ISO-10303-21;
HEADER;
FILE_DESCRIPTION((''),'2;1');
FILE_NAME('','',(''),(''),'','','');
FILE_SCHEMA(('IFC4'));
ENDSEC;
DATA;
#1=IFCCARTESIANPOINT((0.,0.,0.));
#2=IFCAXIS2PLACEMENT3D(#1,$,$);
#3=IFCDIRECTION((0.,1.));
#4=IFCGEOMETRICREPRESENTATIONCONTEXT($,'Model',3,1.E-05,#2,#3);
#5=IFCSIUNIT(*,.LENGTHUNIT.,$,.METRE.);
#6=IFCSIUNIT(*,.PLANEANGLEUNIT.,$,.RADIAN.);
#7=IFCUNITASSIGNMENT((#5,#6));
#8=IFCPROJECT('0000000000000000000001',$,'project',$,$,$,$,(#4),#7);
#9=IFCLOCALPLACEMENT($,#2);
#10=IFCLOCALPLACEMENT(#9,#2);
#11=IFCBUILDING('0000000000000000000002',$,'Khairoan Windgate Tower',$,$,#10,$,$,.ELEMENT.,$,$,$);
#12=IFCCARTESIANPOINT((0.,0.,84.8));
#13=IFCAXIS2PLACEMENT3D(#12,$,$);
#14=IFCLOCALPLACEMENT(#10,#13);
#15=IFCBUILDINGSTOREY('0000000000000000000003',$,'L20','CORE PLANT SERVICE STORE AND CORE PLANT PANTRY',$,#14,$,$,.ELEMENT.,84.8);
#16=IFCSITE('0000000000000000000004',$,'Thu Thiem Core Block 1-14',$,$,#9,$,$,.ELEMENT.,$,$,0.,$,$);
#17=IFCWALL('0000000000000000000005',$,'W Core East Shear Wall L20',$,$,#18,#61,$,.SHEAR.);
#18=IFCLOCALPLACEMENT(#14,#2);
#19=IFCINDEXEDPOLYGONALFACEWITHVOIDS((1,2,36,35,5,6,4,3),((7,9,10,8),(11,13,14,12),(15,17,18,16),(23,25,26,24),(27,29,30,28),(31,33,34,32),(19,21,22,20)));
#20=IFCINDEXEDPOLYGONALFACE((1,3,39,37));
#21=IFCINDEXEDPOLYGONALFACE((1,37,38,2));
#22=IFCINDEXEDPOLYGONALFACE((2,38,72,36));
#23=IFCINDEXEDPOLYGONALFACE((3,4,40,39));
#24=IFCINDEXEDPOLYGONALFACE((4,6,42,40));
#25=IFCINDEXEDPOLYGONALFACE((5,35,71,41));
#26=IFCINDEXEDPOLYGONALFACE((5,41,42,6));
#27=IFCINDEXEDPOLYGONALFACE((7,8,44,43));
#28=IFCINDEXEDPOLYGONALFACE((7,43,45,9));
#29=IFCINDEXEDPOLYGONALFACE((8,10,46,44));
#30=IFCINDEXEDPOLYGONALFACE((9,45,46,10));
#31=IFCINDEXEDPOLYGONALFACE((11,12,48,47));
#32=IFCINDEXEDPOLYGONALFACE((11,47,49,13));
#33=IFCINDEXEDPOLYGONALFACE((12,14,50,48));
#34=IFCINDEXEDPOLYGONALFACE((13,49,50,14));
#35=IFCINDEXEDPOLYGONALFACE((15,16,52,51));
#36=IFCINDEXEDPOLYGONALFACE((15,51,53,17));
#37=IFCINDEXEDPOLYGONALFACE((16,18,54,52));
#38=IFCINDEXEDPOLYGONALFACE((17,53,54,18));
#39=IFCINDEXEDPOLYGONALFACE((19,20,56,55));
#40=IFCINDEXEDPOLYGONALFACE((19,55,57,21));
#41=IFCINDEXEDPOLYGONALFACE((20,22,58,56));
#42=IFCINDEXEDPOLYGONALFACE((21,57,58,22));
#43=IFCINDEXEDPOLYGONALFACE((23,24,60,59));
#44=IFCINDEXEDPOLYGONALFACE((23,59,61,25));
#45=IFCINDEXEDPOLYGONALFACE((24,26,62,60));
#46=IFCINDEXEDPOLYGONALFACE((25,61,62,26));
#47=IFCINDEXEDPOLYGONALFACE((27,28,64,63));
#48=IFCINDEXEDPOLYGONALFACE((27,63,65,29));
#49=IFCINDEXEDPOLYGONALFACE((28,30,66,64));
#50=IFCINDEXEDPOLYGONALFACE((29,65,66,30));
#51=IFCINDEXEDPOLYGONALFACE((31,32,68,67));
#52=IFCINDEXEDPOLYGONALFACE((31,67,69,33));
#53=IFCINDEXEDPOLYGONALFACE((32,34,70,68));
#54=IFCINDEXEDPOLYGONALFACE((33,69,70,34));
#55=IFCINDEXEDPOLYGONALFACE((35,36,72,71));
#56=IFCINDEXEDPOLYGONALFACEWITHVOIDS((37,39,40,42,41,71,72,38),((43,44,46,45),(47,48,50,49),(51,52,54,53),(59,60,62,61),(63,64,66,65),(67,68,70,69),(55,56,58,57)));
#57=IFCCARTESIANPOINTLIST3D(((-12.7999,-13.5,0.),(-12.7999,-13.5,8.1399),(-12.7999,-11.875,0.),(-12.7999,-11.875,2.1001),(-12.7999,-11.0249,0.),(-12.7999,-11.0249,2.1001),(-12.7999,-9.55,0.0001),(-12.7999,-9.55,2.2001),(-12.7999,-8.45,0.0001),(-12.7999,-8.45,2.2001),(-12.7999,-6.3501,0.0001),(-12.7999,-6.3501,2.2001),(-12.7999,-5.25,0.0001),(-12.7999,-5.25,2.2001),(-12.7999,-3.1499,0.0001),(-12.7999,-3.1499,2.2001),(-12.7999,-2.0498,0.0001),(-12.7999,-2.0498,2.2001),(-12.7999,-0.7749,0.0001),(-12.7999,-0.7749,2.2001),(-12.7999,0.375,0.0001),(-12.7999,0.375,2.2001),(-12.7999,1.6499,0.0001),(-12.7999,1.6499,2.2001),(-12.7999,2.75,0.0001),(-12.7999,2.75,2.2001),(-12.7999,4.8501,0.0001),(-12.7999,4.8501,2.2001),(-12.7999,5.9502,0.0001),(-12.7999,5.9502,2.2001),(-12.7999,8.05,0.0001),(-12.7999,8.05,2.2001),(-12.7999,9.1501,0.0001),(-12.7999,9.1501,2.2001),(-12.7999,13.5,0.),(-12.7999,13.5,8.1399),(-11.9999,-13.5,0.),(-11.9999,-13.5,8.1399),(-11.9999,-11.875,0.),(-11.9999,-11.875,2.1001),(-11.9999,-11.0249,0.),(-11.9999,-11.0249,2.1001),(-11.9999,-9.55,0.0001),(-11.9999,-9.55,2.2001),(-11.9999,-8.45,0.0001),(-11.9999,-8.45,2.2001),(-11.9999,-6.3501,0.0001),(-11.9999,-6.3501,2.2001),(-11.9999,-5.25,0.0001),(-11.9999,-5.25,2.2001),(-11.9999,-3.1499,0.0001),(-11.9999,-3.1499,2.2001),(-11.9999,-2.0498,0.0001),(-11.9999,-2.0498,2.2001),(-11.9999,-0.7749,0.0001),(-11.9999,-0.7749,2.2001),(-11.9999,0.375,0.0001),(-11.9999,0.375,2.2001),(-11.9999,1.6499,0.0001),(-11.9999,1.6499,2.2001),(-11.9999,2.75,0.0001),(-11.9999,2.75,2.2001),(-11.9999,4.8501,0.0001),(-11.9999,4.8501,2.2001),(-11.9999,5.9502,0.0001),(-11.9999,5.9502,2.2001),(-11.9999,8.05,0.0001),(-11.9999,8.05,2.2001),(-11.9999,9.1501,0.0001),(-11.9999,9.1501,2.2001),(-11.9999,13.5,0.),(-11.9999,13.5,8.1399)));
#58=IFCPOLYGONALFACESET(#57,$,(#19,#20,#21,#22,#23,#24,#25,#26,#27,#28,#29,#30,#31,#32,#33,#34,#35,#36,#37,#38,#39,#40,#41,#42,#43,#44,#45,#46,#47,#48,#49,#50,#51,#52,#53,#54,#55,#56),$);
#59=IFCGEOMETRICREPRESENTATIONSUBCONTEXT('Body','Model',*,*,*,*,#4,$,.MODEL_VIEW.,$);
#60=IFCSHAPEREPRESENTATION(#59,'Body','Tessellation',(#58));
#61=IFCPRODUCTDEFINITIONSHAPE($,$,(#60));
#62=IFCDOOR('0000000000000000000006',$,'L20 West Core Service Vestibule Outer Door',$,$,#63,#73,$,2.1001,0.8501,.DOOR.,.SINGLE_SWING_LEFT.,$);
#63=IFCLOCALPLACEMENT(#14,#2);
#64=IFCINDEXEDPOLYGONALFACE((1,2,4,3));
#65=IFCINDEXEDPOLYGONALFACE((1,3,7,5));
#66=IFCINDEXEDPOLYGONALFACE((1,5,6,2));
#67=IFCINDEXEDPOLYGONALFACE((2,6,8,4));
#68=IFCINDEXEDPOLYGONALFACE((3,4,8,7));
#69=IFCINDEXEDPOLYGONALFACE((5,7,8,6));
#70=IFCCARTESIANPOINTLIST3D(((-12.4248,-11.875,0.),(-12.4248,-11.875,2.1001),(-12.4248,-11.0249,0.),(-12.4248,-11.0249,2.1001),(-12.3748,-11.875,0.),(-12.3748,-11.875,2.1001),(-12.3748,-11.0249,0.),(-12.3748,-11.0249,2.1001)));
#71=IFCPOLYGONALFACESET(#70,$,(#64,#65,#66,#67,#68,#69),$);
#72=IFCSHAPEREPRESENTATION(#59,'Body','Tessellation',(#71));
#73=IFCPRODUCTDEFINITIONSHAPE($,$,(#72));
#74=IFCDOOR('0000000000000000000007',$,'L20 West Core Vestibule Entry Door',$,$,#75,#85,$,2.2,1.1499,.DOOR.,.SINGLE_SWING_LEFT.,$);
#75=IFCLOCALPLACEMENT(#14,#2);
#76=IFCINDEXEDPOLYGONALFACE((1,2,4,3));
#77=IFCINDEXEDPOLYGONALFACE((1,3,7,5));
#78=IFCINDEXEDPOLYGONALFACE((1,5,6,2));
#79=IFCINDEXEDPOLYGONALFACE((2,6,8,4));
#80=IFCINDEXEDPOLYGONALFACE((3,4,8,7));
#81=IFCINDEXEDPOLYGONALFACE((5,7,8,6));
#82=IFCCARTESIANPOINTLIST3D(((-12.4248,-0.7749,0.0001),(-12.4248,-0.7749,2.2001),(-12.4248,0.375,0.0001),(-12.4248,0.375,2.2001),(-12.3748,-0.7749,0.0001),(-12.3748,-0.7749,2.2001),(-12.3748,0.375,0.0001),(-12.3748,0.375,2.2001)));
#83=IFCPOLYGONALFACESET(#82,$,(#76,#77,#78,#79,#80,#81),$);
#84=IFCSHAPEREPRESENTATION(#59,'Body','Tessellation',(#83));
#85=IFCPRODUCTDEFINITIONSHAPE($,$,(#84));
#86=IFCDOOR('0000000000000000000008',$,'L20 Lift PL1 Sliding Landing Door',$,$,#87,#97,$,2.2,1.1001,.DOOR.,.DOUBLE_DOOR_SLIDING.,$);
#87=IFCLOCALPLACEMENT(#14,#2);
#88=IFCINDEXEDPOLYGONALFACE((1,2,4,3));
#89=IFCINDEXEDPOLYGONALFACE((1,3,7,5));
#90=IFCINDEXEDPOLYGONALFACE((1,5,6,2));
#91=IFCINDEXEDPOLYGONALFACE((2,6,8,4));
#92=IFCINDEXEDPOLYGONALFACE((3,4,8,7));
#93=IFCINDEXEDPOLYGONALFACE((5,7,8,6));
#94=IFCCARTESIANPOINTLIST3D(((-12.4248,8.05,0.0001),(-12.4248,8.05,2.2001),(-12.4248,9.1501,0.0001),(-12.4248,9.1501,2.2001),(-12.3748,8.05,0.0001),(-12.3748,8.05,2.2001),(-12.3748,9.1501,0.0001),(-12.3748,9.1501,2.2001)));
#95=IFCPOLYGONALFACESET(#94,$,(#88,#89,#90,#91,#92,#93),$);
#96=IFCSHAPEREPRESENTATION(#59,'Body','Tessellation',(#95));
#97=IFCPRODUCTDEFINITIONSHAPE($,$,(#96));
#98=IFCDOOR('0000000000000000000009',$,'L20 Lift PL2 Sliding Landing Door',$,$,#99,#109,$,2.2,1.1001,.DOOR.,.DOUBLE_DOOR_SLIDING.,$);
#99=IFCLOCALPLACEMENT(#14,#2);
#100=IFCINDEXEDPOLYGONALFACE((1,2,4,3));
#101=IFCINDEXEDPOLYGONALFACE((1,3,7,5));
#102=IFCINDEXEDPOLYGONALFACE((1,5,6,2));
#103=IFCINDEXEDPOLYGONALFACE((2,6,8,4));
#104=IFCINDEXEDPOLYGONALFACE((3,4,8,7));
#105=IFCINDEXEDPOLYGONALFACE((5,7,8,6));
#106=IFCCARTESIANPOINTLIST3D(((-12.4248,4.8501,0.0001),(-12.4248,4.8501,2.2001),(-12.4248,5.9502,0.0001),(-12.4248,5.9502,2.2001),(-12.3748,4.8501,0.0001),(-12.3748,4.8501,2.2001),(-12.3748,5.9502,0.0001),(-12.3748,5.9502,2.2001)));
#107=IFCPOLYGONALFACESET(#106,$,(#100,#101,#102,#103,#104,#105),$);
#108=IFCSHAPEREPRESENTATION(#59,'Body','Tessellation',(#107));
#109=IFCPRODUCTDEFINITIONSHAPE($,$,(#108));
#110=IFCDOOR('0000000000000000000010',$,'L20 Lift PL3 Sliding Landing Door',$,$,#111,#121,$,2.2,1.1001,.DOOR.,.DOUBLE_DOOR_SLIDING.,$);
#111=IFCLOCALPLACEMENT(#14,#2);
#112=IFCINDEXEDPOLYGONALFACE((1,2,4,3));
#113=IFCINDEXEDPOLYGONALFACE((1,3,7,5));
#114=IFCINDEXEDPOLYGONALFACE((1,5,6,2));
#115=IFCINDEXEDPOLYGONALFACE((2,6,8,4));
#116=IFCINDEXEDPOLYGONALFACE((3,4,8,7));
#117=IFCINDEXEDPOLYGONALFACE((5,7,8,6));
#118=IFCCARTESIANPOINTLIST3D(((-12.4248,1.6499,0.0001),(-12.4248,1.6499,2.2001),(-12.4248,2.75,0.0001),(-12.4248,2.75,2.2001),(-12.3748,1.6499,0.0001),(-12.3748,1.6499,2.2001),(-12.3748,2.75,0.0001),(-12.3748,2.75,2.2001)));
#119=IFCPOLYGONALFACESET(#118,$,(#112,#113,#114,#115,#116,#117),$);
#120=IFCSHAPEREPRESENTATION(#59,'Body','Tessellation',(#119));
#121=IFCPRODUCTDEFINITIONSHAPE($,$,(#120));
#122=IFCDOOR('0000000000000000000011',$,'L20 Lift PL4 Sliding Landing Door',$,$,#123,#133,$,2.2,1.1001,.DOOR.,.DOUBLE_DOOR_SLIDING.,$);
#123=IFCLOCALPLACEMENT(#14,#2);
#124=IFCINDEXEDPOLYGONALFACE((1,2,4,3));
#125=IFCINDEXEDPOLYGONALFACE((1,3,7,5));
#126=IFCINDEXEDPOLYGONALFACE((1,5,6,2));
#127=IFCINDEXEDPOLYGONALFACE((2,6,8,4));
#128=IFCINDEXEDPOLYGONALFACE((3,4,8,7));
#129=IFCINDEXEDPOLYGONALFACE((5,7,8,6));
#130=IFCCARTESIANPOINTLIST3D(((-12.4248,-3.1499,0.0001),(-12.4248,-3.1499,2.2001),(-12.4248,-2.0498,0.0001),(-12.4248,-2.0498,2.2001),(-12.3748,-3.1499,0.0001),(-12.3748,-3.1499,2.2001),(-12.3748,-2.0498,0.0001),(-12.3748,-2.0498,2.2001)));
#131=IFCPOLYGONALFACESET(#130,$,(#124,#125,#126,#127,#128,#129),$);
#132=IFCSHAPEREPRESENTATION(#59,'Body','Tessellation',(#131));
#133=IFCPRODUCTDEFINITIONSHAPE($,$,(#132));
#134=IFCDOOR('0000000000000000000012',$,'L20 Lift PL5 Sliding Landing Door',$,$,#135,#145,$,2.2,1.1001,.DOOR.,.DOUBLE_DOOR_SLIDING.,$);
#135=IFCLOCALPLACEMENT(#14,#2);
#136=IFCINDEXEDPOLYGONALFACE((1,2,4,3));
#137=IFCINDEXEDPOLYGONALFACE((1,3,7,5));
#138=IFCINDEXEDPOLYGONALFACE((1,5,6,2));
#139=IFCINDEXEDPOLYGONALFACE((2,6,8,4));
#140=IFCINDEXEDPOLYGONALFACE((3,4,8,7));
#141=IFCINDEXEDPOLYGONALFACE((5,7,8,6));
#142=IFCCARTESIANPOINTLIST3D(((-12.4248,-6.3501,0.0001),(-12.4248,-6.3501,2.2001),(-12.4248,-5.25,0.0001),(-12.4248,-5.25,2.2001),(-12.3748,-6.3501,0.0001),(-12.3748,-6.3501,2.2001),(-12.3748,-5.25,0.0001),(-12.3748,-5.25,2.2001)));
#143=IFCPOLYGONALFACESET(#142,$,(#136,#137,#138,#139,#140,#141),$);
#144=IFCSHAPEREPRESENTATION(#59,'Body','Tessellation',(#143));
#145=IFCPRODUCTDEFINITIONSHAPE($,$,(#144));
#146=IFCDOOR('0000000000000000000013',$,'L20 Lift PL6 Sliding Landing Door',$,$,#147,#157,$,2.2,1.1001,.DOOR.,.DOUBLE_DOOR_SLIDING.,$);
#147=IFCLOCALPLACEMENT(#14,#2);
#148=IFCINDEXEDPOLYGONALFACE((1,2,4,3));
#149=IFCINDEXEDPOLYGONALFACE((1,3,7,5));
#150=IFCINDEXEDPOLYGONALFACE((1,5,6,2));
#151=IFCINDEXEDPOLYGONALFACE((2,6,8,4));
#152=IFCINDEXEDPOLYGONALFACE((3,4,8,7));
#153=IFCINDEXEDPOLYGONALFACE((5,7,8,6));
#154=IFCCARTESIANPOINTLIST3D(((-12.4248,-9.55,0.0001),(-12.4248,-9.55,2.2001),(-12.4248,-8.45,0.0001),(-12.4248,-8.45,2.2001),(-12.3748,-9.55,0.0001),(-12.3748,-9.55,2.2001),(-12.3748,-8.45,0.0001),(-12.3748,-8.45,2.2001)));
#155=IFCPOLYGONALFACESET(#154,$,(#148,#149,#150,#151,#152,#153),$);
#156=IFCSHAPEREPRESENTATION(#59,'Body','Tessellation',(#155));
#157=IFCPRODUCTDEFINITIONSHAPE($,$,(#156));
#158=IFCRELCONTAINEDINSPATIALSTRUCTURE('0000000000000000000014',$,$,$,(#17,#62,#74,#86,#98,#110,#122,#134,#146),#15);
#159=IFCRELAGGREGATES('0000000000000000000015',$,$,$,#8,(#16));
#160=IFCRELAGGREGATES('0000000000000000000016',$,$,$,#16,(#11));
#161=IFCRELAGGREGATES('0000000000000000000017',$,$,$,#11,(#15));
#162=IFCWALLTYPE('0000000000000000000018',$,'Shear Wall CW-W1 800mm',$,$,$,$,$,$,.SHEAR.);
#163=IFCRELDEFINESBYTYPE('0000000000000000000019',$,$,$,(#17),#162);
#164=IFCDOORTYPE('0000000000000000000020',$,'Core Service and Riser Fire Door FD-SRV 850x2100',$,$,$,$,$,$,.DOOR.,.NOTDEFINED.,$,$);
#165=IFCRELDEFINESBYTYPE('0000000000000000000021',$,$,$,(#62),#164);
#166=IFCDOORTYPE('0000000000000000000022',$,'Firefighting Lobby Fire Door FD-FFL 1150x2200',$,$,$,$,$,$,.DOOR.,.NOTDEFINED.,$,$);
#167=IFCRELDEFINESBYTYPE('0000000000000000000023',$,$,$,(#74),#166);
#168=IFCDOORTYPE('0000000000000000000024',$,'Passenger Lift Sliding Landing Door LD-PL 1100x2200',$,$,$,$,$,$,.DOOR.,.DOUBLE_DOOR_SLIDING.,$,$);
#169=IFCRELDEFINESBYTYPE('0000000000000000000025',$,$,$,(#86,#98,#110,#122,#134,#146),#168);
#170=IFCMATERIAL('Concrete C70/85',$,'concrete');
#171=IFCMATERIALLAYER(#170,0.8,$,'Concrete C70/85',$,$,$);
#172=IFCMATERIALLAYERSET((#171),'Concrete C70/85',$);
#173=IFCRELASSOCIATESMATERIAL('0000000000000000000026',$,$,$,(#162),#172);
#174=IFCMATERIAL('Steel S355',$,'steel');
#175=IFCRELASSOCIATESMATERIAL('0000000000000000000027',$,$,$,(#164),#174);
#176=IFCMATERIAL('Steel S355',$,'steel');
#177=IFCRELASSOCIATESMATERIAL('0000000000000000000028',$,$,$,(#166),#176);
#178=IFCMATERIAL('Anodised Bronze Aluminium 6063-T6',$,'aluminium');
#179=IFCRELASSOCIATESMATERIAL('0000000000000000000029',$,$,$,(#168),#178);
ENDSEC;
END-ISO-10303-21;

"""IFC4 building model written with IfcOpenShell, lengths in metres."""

from ifc_helpers import new_model, si_unit, direction, frame, frame_2d, origin, place, context, subcontext, project, spatial, rectangle, extrude, material, layer, layer_set, type_object, element, fill, save


model = new_model("IFC4")

# Units and contexts
model_context = context("Model", 3, precision=1e-05, world=origin(), true_north=direction((0.0, 1.0)))
body_context = subcontext(model_context, "Body", "Model", "MODEL_VIEW")
ifc_project = project(units=[si_unit("LENGTHUNIT", "METRE"), si_unit("PLANEANGLEUNIT", "RADIAN")], contexts=[model_context])

# Site, building, storey
site_placement = place(None, origin())
site = spatial("IfcSite", under=ifc_project, at=site_placement, Name="Thu Thiem Core Block 1-14", CompositionType="ELEMENT", RefElevation=0.0)
building_placement = place(site_placement, origin())
building = spatial("IfcBuilding", under=site, at=building_placement, Name="Khairoan Windgate Tower", CompositionType="ELEMENT")
storey_placement = place(building_placement, frame((0.0, 0.0, 84.8)))
storey = spatial("IfcBuildingStorey", under=building, at=storey_placement, Name="L20", Description="CORE PLANT SERVICE STORE AND CORE PLANT PANTRY", CompositionType="ELEMENT", Elevation=84.8)

# Wall, openings, doors
ifc_material_1 = material(Name="Concrete C70/85", Category="concrete")
ifc_layer_1 = layer(ifc_material_1, 0.8, Name="Concrete C70/85")
ifc_layer_set_1 = layer_set([ifc_layer_1], Name="Concrete C70/85")
wall_type = type_object("IfcWallType", Name="Shear Wall CW-W1 800mm", PredefinedType="SHEAR", material=ifc_layer_set_1)
wall_placement = place(storey_placement, frame((-12.3999, -13.5, 0.0), z_axis=(0.0, 0.0, 1.0), x_axis=(0.0, 1.0, 0.0)))
wall = element("IfcWall", 1, at=wall_placement, inside=storey, type_object=wall_type, Name="W Core East Shear Wall L20", PredefinedType="SHEAR", context=body_context, shape_type="SweptSolid", body=[
    extrude(rectangle(XDim=27.0, YDim=0.8, at=frame_2d((13.5, 0.0))), origin(), (0.0, 0.0, 1.0), 8.1399),
])
opening_1_placement = place(wall_placement, frame((21.55, 0.0, 0.0)))
opening_1 = element("IfcOpeningElement", 2, at=opening_1_placement, cuts=wall, PredefinedType="OPENING", context=body_context, shape_type="SweptSolid", body=[
    extrude(rectangle(XDim=1.1001, YDim=2.2, at=frame_2d((0.55, 1.1001))), frame((0.0, 0.4099, 0.0), z_axis=(0.0, -1.0, 0.0), x_axis=(1.0, 0.0, 0.0)), (0.0, 0.0, 1.0), 0.8201),
])
opening_2_placement = place(wall_placement, frame((18.3501, 0.0, 0.0)))
opening_2 = element("IfcOpeningElement", 3, at=opening_2_placement, cuts=wall, PredefinedType="OPENING", context=body_context, shape_type="SweptSolid", body=[
    extrude(rectangle(XDim=1.1001, YDim=2.2, at=frame_2d((0.55, 1.1001))), frame((0.0, 0.4099, 0.0), z_axis=(0.0, -1.0, 0.0), x_axis=(1.0, 0.0, 0.0)), (0.0, 0.0, 1.0), 0.8201),
])
opening_3_placement = place(wall_placement, frame((15.1499, 0.0, 0.0)))
opening_3 = element("IfcOpeningElement", 4, at=opening_3_placement, cuts=wall, PredefinedType="OPENING", context=body_context, shape_type="SweptSolid", body=[
    extrude(rectangle(XDim=1.1001, YDim=2.2, at=frame_2d((0.55, 1.1001))), frame((0.0, 0.4099, 0.0), z_axis=(0.0, -1.0, 0.0), x_axis=(1.0, 0.0, 0.0)), (0.0, 0.0, 1.0), 0.8201),
])
opening_4_placement = place(wall_placement, frame((10.3501, 0.0, 0.0)))
opening_4 = element("IfcOpeningElement", 5, at=opening_4_placement, cuts=wall, PredefinedType="OPENING", context=body_context, shape_type="SweptSolid", body=[
    extrude(rectangle(XDim=1.1001, YDim=2.2, at=frame_2d((0.55, 1.1001))), frame((0.0, 0.4099, 0.0), z_axis=(0.0, -1.0, 0.0), x_axis=(1.0, 0.0, 0.0)), (0.0, 0.0, 1.0), 0.8201),
])
opening_5_placement = place(wall_placement, frame((7.1499, 0.0, 0.0)))
opening_5 = element("IfcOpeningElement", 6, at=opening_5_placement, cuts=wall, PredefinedType="OPENING", context=body_context, shape_type="SweptSolid", body=[
    extrude(rectangle(XDim=1.1001, YDim=2.2, at=frame_2d((0.55, 1.1001))), frame((0.0, 0.4099, 0.0), z_axis=(0.0, -1.0, 0.0), x_axis=(1.0, 0.0, 0.0)), (0.0, 0.0, 1.0), 0.8201),
])
opening_6_placement = place(wall_placement, frame((3.95, 0.0, 0.0)))
opening_6 = element("IfcOpeningElement", 7, at=opening_6_placement, cuts=wall, PredefinedType="OPENING", context=body_context, shape_type="SweptSolid", body=[
    extrude(rectangle(XDim=1.1001, YDim=2.2, at=frame_2d((0.55, 1.1001))), frame((0.0, 0.4099, 0.0), z_axis=(0.0, -1.0, 0.0), x_axis=(1.0, 0.0, 0.0)), (0.0, 0.0, 1.0), 0.8201),
])
opening_7_placement = place(wall_placement, frame((12.7251, 0.0, 0.0)))
opening_7 = element("IfcOpeningElement", 8, at=opening_7_placement, cuts=wall, PredefinedType="OPENING", context=body_context, shape_type="SweptSolid", body=[
    extrude(rectangle(XDim=1.1499, YDim=2.2, at=frame_2d((0.575, 1.1001))), frame((0.0, 0.4099, 0.0), z_axis=(0.0, -1.0, 0.0), x_axis=(1.0, 0.0, 0.0)), (0.0, 0.0, 1.0), 0.8201),
])
opening_8_placement = place(wall_placement, frame((1.625, 0.0, 0.0)))
opening_8 = element("IfcOpeningElement", 9, at=opening_8_placement, cuts=wall, PredefinedType="OPENING", context=body_context, shape_type="SweptSolid", body=[
    extrude(rectangle(XDim=0.8501, YDim=2.1001, at=frame_2d((0.425, 1.05))), frame((0.0, 0.4099, 0.0), z_axis=(0.0, -1.0, 0.0), x_axis=(1.0, 0.0, 0.0)), (0.0, 0.0, 1.0), 0.8201),
])
ifc_material_2 = material(Name="Steel S355", Category="steel")
door_type_1 = type_object("IfcDoorType", Name="Core Service and Riser Fire Door FD-SRV 850x2100", OperationType="NOTDEFINED", PredefinedType="DOOR", material=ifc_material_2)
door_1_placement = place(opening_8_placement, origin())
door_1 = element("IfcDoor", 10, at=door_1_placement, inside=storey, type_object=door_type_1, Name="L20 West Core Service Vestibule Outer Door", OperationType="SINGLE_SWING_LEFT", OverallHeight=2.1001, OverallWidth=0.8501, PredefinedType="DOOR", context=body_context, shape_type="SweptSolid", body=[
    extrude(rectangle(XDim=0.8501, YDim=2.1001, at=frame_2d((0.425, 1.05))), frame((0.0, 0.0249, 0.0), z_axis=(0.0, -1.0, 0.0), x_axis=(1.0, 0.0, 0.0)), (0.0, 0.0, 1.0), 0.05),
])
fill(opening_8, door_1)
ifc_material_3 = material(Name="Steel S355", Category="steel")
door_type_2 = type_object("IfcDoorType", Name="Firefighting Lobby Fire Door FD-FFL 1150x2200", OperationType="NOTDEFINED", PredefinedType="DOOR", material=ifc_material_3)
door_2_placement = place(opening_7_placement, origin())
door_2 = element("IfcDoor", 11, at=door_2_placement, inside=storey, type_object=door_type_2, Name="L20 West Core Vestibule Entry Door", OperationType="SINGLE_SWING_LEFT", OverallHeight=2.2, OverallWidth=1.1499, PredefinedType="DOOR", context=body_context, shape_type="SweptSolid", body=[
    extrude(rectangle(XDim=1.1499, YDim=2.2, at=frame_2d((0.575, 1.1001))), frame((0.0, 0.0249, 0.0), z_axis=(0.0, -1.0, 0.0), x_axis=(1.0, 0.0, 0.0)), (0.0, 0.0, 1.0), 0.05),
])
fill(opening_7, door_2)
ifc_material_4 = material(Name="Anodised Bronze Aluminium 6063-T6", Category="aluminium")
door_type_3 = type_object("IfcDoorType", Name="Passenger Lift Sliding Landing Door LD-PL 1100x2200", OperationType="DOUBLE_DOOR_SLIDING", PredefinedType="DOOR", material=ifc_material_4)
door_3_placement = place(opening_1_placement, origin())
door_3 = element("IfcDoor", 12, at=door_3_placement, inside=storey, type_object=door_type_3, Name="L20 Lift PL1 Sliding Landing Door", OperationType="DOUBLE_DOOR_SLIDING", OverallHeight=2.2, OverallWidth=1.1001, PredefinedType="DOOR", context=body_context, shape_type="SweptSolid", body=[
    extrude(rectangle(XDim=1.1001, YDim=2.2, at=frame_2d((0.55, 1.1001))), frame((0.0, 0.0249, 0.0), z_axis=(0.0, -1.0, 0.0), x_axis=(1.0, 0.0, 0.0)), (0.0, 0.0, 1.0), 0.05),
])
fill(opening_1, door_3)
door_4_placement = place(opening_2_placement, origin())
door_4 = element("IfcDoor", 13, at=door_4_placement, inside=storey, type_object=door_type_3, Name="L20 Lift PL2 Sliding Landing Door", OperationType="DOUBLE_DOOR_SLIDING", OverallHeight=2.2, OverallWidth=1.1001, PredefinedType="DOOR", context=body_context, shape_type="SweptSolid", body=[
    extrude(rectangle(XDim=1.1001, YDim=2.2, at=frame_2d((0.55, 1.1001))), frame((0.0, 0.0249, 0.0), z_axis=(0.0, -1.0, 0.0), x_axis=(1.0, 0.0, 0.0)), (0.0, 0.0, 1.0), 0.05),
])
fill(opening_2, door_4)
door_5_placement = place(opening_3_placement, origin())
door_5 = element("IfcDoor", 14, at=door_5_placement, inside=storey, type_object=door_type_3, Name="L20 Lift PL3 Sliding Landing Door", OperationType="DOUBLE_DOOR_SLIDING", OverallHeight=2.2, OverallWidth=1.1001, PredefinedType="DOOR", context=body_context, shape_type="SweptSolid", body=[
    extrude(rectangle(XDim=1.1001, YDim=2.2, at=frame_2d((0.55, 1.1001))), frame((0.0, 0.0249, 0.0), z_axis=(0.0, -1.0, 0.0), x_axis=(1.0, 0.0, 0.0)), (0.0, 0.0, 1.0), 0.05),
])
fill(opening_3, door_5)
door_6_placement = place(opening_4_placement, origin())
door_6 = element("IfcDoor", 15, at=door_6_placement, inside=storey, type_object=door_type_3, Name="L20 Lift PL4 Sliding Landing Door", OperationType="DOUBLE_DOOR_SLIDING", OverallHeight=2.2, OverallWidth=1.1001, PredefinedType="DOOR", context=body_context, shape_type="SweptSolid", body=[
    extrude(rectangle(XDim=1.1001, YDim=2.2, at=frame_2d((0.55, 1.1001))), frame((0.0, 0.0249, 0.0), z_axis=(0.0, -1.0, 0.0), x_axis=(1.0, 0.0, 0.0)), (0.0, 0.0, 1.0), 0.05),
])
fill(opening_4, door_6)
door_7_placement = place(opening_5_placement, origin())
door_7 = element("IfcDoor", 16, at=door_7_placement, inside=storey, type_object=door_type_3, Name="L20 Lift PL5 Sliding Landing Door", OperationType="DOUBLE_DOOR_SLIDING", OverallHeight=2.2, OverallWidth=1.1001, PredefinedType="DOOR", context=body_context, shape_type="SweptSolid", body=[
    extrude(rectangle(XDim=1.1001, YDim=2.2, at=frame_2d((0.55, 1.1001))), frame((0.0, 0.0249, 0.0), z_axis=(0.0, -1.0, 0.0), x_axis=(1.0, 0.0, 0.0)), (0.0, 0.0, 1.0), 0.05),
])
fill(opening_5, door_7)
door_8_placement = place(opening_6_placement, origin())
door_8 = element("IfcDoor", 17, at=door_8_placement, inside=storey, type_object=door_type_3, Name="L20 Lift PL6 Sliding Landing Door", OperationType="DOUBLE_DOOR_SLIDING", OverallHeight=2.2, OverallWidth=1.1001, PredefinedType="DOOR", context=body_context, shape_type="SweptSolid", body=[
    extrude(rectangle(XDim=1.1001, YDim=2.2, at=frame_2d((0.55, 1.1001))), frame((0.0, 0.0249, 0.0), z_axis=(0.0, -1.0, 0.0), x_axis=(1.0, 0.0, 0.0)), (0.0, 0.0, 1.0), 0.05),
])
fill(opening_6, door_8)

save(model, "model.ifc")
